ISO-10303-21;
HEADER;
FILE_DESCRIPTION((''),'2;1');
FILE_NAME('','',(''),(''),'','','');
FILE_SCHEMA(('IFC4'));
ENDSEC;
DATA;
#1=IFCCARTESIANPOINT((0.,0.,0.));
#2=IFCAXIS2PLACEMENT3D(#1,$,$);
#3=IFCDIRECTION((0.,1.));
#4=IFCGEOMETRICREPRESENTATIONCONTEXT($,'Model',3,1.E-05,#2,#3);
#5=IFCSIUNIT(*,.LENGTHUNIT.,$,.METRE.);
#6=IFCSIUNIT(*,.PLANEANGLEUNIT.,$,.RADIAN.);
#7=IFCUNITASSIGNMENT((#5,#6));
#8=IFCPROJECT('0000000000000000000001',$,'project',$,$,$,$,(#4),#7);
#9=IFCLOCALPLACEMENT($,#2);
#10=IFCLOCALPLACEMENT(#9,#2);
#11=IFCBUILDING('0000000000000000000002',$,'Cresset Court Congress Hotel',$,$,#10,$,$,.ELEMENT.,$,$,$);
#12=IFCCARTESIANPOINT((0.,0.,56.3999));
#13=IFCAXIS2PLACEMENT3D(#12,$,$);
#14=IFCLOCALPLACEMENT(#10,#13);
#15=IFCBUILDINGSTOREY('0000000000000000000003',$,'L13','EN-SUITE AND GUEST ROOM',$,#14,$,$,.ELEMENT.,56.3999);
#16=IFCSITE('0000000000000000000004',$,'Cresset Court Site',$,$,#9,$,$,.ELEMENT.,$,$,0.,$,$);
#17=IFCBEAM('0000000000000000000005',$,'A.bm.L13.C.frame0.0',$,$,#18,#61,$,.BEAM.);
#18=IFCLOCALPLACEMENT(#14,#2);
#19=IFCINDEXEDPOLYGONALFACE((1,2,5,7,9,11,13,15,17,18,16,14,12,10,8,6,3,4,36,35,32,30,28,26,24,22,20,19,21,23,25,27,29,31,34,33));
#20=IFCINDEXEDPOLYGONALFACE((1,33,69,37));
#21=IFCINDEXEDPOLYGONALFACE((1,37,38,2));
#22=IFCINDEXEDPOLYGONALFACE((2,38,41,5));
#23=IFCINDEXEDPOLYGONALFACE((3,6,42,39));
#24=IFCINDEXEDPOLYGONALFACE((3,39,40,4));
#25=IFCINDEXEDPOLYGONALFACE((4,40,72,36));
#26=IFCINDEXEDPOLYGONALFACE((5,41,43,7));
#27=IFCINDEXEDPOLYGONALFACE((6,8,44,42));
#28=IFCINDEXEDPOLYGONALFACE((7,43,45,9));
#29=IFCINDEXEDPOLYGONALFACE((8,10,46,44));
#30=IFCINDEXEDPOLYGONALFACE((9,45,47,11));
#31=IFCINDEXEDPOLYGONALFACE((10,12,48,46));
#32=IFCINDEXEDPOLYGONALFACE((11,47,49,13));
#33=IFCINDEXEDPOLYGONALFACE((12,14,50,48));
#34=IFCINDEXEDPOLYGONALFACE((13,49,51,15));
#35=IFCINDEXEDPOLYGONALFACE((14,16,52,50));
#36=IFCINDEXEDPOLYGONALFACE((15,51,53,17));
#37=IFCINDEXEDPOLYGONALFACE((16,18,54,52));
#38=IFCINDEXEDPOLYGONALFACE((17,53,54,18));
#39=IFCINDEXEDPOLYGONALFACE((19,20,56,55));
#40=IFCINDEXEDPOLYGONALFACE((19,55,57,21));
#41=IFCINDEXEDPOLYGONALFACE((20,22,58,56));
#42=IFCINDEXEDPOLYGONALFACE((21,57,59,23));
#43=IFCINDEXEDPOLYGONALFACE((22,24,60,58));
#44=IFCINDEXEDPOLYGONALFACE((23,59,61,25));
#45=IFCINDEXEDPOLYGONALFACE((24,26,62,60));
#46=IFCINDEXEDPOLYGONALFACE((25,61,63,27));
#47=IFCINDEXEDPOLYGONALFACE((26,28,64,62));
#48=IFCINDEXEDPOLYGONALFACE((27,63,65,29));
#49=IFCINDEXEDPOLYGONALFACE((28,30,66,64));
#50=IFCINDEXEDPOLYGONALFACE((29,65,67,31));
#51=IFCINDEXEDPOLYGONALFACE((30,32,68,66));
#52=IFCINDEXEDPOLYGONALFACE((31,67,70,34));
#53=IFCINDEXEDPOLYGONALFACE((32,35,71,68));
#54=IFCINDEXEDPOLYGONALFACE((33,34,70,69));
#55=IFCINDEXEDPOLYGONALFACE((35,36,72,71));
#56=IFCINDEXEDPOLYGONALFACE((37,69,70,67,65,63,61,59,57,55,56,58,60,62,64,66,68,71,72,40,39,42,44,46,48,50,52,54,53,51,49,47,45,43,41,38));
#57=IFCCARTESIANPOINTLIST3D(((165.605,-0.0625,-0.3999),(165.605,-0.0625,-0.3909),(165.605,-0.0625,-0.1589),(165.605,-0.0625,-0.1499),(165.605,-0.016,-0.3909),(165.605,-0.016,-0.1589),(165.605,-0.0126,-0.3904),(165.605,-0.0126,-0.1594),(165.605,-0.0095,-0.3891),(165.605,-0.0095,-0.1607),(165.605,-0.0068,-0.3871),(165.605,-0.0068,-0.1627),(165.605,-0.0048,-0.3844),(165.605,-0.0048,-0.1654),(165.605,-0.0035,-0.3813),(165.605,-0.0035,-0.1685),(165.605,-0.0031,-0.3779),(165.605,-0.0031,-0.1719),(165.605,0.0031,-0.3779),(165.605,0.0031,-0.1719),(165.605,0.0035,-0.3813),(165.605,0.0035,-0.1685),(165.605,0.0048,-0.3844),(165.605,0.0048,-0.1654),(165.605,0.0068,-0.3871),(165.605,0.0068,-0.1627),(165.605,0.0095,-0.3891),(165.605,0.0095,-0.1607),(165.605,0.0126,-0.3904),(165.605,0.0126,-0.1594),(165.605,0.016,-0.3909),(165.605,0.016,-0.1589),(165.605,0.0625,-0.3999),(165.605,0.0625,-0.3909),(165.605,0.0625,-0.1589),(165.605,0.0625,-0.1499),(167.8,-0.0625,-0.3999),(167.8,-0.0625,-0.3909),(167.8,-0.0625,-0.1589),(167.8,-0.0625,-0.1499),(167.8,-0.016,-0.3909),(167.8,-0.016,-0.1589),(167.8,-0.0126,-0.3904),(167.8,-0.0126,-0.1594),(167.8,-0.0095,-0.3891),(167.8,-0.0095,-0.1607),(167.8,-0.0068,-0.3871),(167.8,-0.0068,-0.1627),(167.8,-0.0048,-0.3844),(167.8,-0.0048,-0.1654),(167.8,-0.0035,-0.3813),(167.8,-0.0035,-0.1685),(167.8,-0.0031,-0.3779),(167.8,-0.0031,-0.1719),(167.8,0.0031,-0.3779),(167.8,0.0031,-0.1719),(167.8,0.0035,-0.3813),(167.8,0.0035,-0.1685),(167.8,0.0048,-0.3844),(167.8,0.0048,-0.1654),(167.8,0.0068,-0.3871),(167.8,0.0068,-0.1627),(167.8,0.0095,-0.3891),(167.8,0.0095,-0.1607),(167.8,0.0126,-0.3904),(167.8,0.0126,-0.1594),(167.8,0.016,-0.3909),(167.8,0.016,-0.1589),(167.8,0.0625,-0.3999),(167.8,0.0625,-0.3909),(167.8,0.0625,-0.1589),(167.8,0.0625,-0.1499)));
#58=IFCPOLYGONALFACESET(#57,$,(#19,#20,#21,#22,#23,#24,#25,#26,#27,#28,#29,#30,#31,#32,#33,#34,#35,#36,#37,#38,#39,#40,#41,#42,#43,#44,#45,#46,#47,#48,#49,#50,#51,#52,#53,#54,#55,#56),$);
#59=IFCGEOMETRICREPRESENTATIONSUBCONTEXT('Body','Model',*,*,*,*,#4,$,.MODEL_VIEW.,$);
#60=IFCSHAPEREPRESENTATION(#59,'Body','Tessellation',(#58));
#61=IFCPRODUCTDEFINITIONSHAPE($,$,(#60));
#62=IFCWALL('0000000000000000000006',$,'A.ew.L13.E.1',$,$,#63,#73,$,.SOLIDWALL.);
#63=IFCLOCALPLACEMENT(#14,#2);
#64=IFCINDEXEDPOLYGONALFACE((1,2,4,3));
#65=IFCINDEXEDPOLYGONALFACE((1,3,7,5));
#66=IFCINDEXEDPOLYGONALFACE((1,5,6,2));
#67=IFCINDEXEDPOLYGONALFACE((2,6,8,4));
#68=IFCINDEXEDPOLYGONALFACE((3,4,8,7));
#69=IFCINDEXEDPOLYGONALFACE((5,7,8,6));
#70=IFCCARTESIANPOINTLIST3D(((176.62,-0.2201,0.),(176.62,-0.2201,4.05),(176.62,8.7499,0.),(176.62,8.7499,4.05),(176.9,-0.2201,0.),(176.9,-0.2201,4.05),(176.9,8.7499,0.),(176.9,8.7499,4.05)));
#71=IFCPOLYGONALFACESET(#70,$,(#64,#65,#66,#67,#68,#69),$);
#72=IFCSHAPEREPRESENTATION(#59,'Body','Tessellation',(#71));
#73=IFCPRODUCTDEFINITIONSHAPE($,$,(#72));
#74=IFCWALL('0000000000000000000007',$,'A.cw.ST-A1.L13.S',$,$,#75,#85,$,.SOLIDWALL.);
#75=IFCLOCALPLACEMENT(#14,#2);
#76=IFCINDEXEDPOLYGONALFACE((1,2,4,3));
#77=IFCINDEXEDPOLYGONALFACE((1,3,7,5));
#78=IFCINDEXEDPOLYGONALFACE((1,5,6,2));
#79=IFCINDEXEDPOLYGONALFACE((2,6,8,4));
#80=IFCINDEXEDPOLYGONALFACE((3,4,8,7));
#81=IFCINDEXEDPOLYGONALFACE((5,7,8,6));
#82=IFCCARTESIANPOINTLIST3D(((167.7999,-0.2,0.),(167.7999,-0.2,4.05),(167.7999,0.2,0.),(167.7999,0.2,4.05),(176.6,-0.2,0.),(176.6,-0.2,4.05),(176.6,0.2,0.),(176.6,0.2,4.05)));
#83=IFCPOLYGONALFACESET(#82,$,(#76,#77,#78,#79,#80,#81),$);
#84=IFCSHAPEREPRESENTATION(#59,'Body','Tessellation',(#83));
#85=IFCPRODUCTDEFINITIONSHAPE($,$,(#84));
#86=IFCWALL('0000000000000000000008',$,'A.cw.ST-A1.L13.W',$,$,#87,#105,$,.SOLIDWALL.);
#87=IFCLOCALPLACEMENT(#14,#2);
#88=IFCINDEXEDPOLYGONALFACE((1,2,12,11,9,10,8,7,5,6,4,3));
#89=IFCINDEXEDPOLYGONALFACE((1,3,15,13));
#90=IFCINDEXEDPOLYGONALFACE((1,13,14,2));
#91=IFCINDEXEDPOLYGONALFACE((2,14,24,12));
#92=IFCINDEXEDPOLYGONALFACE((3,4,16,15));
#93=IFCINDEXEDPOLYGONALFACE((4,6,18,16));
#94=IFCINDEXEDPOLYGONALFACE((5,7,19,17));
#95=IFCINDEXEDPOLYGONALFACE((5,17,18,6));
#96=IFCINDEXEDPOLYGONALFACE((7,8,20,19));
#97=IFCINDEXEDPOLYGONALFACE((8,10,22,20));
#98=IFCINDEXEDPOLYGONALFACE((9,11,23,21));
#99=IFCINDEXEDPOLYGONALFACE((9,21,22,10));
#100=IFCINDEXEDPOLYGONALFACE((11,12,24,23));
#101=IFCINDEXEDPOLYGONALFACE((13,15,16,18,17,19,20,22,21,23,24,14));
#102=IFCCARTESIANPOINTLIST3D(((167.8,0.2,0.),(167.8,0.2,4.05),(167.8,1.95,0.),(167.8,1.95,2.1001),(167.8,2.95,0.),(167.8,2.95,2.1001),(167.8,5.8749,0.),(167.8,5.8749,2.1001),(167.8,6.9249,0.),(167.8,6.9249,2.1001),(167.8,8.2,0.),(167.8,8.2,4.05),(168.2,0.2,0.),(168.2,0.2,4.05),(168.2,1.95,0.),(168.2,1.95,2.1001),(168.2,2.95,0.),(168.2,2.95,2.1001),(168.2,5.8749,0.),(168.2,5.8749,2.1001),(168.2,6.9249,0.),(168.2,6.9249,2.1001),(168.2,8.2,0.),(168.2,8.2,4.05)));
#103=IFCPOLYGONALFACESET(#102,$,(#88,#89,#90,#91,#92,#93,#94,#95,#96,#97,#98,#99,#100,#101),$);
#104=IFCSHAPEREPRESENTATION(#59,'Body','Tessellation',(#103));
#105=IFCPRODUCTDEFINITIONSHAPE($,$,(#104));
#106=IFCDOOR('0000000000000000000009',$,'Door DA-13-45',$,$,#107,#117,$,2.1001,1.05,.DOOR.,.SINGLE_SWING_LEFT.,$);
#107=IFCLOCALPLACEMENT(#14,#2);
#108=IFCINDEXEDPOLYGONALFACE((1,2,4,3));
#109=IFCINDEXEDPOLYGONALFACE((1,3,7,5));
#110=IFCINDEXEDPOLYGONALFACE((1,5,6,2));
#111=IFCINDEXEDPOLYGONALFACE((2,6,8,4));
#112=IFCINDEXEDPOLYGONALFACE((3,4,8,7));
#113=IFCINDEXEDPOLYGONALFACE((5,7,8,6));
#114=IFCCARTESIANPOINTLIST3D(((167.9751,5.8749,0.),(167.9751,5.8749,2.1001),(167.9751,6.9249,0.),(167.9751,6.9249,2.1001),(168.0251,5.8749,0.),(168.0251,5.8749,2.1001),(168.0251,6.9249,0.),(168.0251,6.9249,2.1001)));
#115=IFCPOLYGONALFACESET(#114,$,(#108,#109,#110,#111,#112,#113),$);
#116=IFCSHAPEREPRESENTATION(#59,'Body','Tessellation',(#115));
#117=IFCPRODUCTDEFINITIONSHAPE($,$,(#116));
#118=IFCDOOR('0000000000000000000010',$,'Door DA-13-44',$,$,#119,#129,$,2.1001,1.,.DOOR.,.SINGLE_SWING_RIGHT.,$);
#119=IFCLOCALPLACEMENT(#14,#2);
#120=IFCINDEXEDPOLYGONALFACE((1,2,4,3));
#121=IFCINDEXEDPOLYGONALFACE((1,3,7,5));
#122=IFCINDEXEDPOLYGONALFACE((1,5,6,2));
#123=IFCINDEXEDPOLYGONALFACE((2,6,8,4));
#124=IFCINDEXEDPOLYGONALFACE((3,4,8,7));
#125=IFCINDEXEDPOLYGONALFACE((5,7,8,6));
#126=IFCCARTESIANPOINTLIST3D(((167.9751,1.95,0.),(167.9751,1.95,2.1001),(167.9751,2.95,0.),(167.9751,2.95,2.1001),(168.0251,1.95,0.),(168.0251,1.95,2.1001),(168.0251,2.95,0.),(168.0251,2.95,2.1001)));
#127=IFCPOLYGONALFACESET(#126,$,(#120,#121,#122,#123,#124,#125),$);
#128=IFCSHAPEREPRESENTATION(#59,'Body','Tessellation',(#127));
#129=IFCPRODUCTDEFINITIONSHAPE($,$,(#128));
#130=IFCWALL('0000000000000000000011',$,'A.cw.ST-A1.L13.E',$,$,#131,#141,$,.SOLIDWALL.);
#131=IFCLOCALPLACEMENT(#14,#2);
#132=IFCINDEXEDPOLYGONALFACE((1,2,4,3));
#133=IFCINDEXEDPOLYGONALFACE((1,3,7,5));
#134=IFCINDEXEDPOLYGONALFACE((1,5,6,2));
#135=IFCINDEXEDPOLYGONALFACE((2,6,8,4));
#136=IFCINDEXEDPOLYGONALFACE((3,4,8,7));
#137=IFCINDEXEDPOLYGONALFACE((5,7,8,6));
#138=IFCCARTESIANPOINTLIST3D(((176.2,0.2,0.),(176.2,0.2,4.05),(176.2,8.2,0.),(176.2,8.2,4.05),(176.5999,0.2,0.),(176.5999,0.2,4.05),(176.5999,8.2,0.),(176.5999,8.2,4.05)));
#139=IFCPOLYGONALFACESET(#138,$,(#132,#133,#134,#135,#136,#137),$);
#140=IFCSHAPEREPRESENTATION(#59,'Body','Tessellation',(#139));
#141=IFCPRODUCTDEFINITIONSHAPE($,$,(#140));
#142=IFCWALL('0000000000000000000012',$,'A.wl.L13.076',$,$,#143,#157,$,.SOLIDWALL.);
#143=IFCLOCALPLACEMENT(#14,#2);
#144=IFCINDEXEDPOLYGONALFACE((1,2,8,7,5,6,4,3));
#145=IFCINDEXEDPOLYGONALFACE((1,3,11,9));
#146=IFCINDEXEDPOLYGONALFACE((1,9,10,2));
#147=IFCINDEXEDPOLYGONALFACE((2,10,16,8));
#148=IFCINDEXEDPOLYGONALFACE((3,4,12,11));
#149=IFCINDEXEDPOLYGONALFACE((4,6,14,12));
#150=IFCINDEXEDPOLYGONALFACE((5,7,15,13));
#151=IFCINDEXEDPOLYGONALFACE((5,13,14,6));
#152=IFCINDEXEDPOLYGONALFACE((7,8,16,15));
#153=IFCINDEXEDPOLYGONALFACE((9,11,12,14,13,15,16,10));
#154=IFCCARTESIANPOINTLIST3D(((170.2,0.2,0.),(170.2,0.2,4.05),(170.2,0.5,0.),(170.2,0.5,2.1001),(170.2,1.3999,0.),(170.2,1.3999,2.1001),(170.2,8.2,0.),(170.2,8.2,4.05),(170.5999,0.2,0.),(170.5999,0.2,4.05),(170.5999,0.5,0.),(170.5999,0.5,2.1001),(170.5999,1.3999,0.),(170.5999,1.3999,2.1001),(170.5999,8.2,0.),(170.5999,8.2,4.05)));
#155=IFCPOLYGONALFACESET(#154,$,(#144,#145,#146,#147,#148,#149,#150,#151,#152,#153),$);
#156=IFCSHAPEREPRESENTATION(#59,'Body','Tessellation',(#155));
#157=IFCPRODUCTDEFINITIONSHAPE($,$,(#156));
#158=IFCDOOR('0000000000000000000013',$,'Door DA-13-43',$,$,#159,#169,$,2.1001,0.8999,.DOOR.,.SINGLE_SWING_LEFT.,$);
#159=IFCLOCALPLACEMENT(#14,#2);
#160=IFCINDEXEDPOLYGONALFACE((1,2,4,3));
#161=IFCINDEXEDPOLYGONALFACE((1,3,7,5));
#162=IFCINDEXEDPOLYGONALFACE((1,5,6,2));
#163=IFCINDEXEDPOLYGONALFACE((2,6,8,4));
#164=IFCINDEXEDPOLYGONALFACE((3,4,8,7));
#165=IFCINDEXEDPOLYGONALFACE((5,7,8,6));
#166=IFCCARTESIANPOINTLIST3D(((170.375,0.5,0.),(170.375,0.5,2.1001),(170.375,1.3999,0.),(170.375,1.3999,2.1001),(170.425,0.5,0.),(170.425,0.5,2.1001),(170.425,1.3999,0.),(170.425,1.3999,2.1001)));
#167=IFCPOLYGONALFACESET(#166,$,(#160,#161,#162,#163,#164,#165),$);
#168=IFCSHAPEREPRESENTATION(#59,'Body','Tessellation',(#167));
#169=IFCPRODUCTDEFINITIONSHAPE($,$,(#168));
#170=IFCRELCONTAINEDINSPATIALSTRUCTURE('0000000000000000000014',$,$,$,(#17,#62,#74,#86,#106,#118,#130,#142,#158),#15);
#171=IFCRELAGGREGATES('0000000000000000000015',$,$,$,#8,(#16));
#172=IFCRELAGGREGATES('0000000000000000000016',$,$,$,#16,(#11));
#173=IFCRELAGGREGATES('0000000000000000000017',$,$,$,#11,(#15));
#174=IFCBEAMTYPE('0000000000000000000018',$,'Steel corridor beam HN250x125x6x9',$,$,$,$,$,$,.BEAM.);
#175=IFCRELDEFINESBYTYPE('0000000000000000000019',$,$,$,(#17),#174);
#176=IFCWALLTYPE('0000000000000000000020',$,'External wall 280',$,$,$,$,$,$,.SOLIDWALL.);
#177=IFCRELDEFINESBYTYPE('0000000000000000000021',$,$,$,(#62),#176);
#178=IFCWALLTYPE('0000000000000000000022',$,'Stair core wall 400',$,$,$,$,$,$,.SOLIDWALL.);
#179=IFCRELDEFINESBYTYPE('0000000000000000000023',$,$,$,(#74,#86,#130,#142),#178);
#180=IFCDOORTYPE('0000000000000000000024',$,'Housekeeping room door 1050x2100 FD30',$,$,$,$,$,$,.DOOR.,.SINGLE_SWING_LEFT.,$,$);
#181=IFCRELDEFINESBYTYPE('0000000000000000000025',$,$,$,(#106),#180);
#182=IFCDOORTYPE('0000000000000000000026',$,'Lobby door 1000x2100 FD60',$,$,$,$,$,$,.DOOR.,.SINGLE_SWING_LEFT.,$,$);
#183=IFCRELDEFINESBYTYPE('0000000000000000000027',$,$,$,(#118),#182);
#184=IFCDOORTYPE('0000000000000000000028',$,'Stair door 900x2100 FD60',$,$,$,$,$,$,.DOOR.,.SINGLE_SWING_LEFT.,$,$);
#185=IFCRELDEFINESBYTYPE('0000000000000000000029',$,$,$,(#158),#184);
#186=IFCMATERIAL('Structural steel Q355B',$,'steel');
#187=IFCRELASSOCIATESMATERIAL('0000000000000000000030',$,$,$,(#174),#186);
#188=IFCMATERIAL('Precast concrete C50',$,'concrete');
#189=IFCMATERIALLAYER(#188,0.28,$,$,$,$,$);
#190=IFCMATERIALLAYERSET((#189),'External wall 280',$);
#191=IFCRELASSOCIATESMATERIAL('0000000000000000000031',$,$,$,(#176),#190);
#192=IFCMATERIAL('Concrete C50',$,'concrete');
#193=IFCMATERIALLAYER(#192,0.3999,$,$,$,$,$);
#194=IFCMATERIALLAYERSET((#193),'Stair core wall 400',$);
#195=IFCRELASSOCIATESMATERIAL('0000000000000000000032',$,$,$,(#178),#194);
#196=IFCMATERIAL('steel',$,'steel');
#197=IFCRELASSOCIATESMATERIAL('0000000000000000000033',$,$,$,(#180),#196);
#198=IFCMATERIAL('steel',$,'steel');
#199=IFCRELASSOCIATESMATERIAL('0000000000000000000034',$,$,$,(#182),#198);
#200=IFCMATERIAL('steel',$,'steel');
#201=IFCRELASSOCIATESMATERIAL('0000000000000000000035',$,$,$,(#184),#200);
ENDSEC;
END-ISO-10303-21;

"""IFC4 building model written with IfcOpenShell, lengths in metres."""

from ifc_helpers import new_model, si_unit, direction, frame, frame_2d, origin, origin_2d, place, context, subcontext, project, spatial, rectangle, i_section, extrude, material, layer, layer_set, material_profile, profile_set, type_object, element, fill, save


model = new_model("IFC4")

# Units and contexts
model_context = context("Model", 3, precision=1e-05, world=origin(), true_north=direction((0.0, 1.0)))
body_context = subcontext(model_context, "Body", "Model", "MODEL_VIEW")
ifc_project = project(units=[si_unit("LENGTHUNIT", "METRE"), si_unit("PLANEANGLEUNIT", "RADIAN")], contexts=[model_context])

# Site, building, storey
site_placement = place(None, origin())
site = spatial("IfcSite", under=ifc_project, at=site_placement, Name="Cresset Court Site", CompositionType="ELEMENT", RefElevation=0.0)
building_placement = place(site_placement, origin())
building = spatial("IfcBuilding", under=site, at=building_placement, Name="Cresset Court Congress Hotel", CompositionType="ELEMENT")
storey_placement = place(building_placement, frame((0.0, 0.0, 56.3999)))
storey = spatial("IfcBuildingStorey", under=building, at=storey_placement, Name="L13", Description="EN-SUITE AND GUEST ROOM", CompositionType="ELEMENT", Elevation=56.3999)

# Beam
ifc_material_1 = material(Name="Structural steel Q355B", Category="steel")
ifc_material_profile = material_profile(ifc_material_1, i_section(OverallWidth=0.125, OverallDepth=0.25, WebThickness=0.0061, FlangeThickness=0.009, FilletRadius=0.0129, at=origin_2d()), Name="HN250x125x6x9")
ifc_profile_set = profile_set([ifc_material_profile], Name="Structural steel Q355B")
beam_type = type_object("IfcBeamType", Name="Steel corridor beam HN250x125x6x9", PredefinedType="BEAM", material=ifc_profile_set)
beam_placement = place(storey_placement, frame((165.605, 0.0, -0.2749), z_axis=(1.0, 0.0, 0.0), x_axis=(0.0, 1.0, 0.0)))
element("IfcBeam", 1, at=beam_placement, inside=storey, type_object=beam_type, Name="A.bm.L13.C.frame0.0", PredefinedType="BEAM", context=body_context, shape_type="SweptSolid", body=[
    extrude(i_section(OverallWidth=0.125, OverallDepth=0.25, WebThickness=0.0061, FlangeThickness=0.009, FilletRadius=0.0129, at=origin_2d()), origin(), (0.0, 0.0, 1.0), 2.1951),
])

# Walls
ifc_material_2 = material(Name="Precast concrete C50", Category="concrete")
ifc_layer_1 = layer(ifc_material_2, 0.28)
ifc_layer_set_1 = layer_set([ifc_layer_1], Name="External wall 280")
wall_type_1 = type_object("IfcWallType", Name="External wall 280", PredefinedType="SOLIDWALL", material=ifc_layer_set_1)
wall_1_placement = place(storey_placement, frame((176.76, -0.22, 0.0), z_axis=(0.0, 0.0, 1.0), x_axis=(0.0, 1.0, 0.0)))
element("IfcWall", 2, at=wall_1_placement, inside=storey, type_object=wall_type_1, Name="A.ew.L13.E.1", PredefinedType="SOLIDWALL", context=body_context, shape_type="SweptSolid", body=[
    extrude(rectangle(XDim=8.97, YDim=0.28, at=frame_2d((4.4849, 0.0))), origin(), (0.0, 0.0, 1.0), 4.05),
])
ifc_material_3 = material(Name="Concrete C50", Category="concrete")
ifc_layer_2 = layer(ifc_material_3, 0.3999)
ifc_layer_set_2 = layer_set([ifc_layer_2], Name="Stair core wall 400")
wall_type_2 = type_object("IfcWallType", Name="Stair core wall 400", PredefinedType="SOLIDWALL", material=ifc_layer_set_2)
wall_2_placement = place(storey_placement, frame((167.8, 0.0, 0.0), z_axis=(0.0, 0.0, 1.0), x_axis=(1.0, 0.0, 0.0)))
element("IfcWall", 3, at=wall_2_placement, inside=storey, type_object=wall_type_2, Name="A.cw.ST-A1.L13.S", PredefinedType="SOLIDWALL", context=body_context, shape_type="SweptSolid", body=[
    extrude(rectangle(XDim=8.8, YDim=0.3999, at=frame_2d((4.3999, 0.0))), origin(), (0.0, 0.0, 1.0), 4.05),
])

# Wall, openings, doors
wall_3_placement = place(storey_placement, frame((168.0, 0.2, 0.0), z_axis=(0.0, 0.0, 1.0), x_axis=(0.0, 1.0, 0.0)))
wall_3 = element("IfcWall", 4, at=wall_3_placement, inside=storey, type_object=wall_type_2, Name="A.cw.ST-A1.L13.W", PredefinedType="SOLIDWALL", context=body_context, shape_type="SweptSolid", body=[
    extrude(rectangle(XDim=8.0, YDim=0.3999, at=frame_2d((4.0, 0.0))), origin(), (0.0, 0.0, 1.0), 4.05),
])
opening_1_placement = place(wall_3_placement, frame((1.75, 0.0, 0.0)))
opening_1 = element("IfcOpeningElement", 5, at=opening_1_placement, cuts=wall_3, PredefinedType="OPENING", context=body_context, shape_type="SweptSolid", body=[
    extrude(rectangle(XDim=1.0, YDim=2.1001, at=frame_2d((0.5, 1.05))), frame((0.0, 0.21, 0.0), z_axis=(0.0, -1.0, 0.0), x_axis=(1.0, 0.0, 0.0)), (0.0, 0.0, 1.0), 0.4199),
])
opening_2_placement = place(wall_3_placement, frame((5.675, 0.0, 0.0)))
opening_2 = element("IfcOpeningElement", 6, at=opening_2_placement, cuts=wall_3, PredefinedType="OPENING", context=body_context, shape_type="SweptSolid", body=[
    extrude(rectangle(XDim=1.05, YDim=2.1001, at=frame_2d((0.5249, 1.05))), frame((0.0, 0.21, 0.0), z_axis=(0.0, -1.0, 0.0), x_axis=(1.0, 0.0, 0.0)), (0.0, 0.0, 1.0), 0.4199),
])
ifc_material_4 = material(Name="steel", Category="steel")
door_type_1 = type_object("IfcDoorType", Name="Housekeeping room door 1050x2100 FD30", OperationType="SINGLE_SWING_LEFT", PredefinedType="DOOR", material=ifc_material_4)
door_1_placement = place(opening_2_placement, origin())
door_1 = element("IfcDoor", 7, at=door_1_placement, inside=storey, type_object=door_type_1, Name="Door DA-13-45", OperationType="SINGLE_SWING_LEFT", OverallHeight=2.1001, OverallWidth=1.05, PredefinedType="DOOR", context=body_context, shape_type="SweptSolid", body=[
    extrude(rectangle(XDim=1.05, YDim=2.1001, at=frame_2d((0.5249, 1.05))), frame((0.0, 0.0249, 0.0), z_axis=(0.0, -1.0, 0.0), x_axis=(1.0, 0.0, 0.0)), (0.0, 0.0, 1.0), 0.05),
])
fill(opening_2, door_1)
ifc_material_5 = material(Name="steel", Category="steel")
door_type_2 = type_object("IfcDoorType", Name="Lobby door 1000x2100 FD60", OperationType="SINGLE_SWING_LEFT", PredefinedType="DOOR", material=ifc_material_5)
door_2_placement = place(opening_1_placement, origin())
door_2 = element("IfcDoor", 8, at=door_2_placement, inside=storey, type_object=door_type_2, Name="Door DA-13-44", OperationType="SINGLE_SWING_RIGHT", OverallHeight=2.1001, OverallWidth=1.0, PredefinedType="DOOR", context=body_context, shape_type="SweptSolid", body=[
    extrude(rectangle(XDim=1.0, YDim=2.1001, at=frame_2d((0.5, 1.05))), frame((0.0, 0.0249, 0.0), z_axis=(0.0, -1.0, 0.0), x_axis=(1.0, 0.0, 0.0)), (0.0, 0.0, 1.0), 0.05),
])
fill(opening_1, door_2)

# Wall
wall_4_placement = place(storey_placement, frame((176.3999, 0.2, 0.0), z_axis=(0.0, 0.0, 1.0), x_axis=(0.0, 1.0, 0.0)))
element("IfcWall", 9, at=wall_4_placement, inside=storey, type_object=wall_type_2, Name="A.cw.ST-A1.L13.E", PredefinedType="SOLIDWALL", context=body_context, shape_type="SweptSolid", body=[
    extrude(rectangle(XDim=8.0, YDim=0.3999, at=frame_2d((4.0, 0.0))), origin(), (0.0, 0.0, 1.0), 4.05),
])

# Wall, opening, door
wall_5_placement = place(storey_placement, frame((170.3999, 0.2, 0.0), z_axis=(0.0, 0.0, 1.0), x_axis=(0.0, 1.0, 0.0)))
wall_5 = element("IfcWall", 10, at=wall_5_placement, inside=storey, type_object=wall_type_2, Name="A.wl.L13.076", PredefinedType="SOLIDWALL", context=body_context, shape_type="SweptSolid", body=[
    extrude(rectangle(XDim=8.0, YDim=0.3999, at=frame_2d((4.0, 0.0))), origin(), (0.0, 0.0, 1.0), 4.05),
])
opening_3_placement = place(wall_5_placement, frame((0.3, 0.0, 0.0)))
opening_3 = element("IfcOpeningElement", 11, at=opening_3_placement, cuts=wall_5, PredefinedType="OPENING", context=body_context, shape_type="SweptSolid", body=[
    extrude(rectangle(XDim=0.8999, YDim=2.1001, at=frame_2d((0.45, 1.05))), frame((0.0, 0.21, 0.0), z_axis=(0.0, -1.0, 0.0), x_axis=(1.0, 0.0, 0.0)), (0.0, 0.0, 1.0), 0.4199),
])
ifc_material_6 = material(Name="steel", Category="steel")
door_type_3 = type_object("IfcDoorType", Name="Stair door 900x2100 FD60", OperationType="SINGLE_SWING_LEFT", PredefinedType="DOOR", material=ifc_material_6)
door_3_placement = place(opening_3_placement, origin())
door_3 = element("IfcDoor", 12, at=door_3_placement, inside=storey, type_object=door_type_3, Name="Door DA-13-43", OperationType="SINGLE_SWING_LEFT", OverallHeight=2.1001, OverallWidth=0.8999, PredefinedType="DOOR", context=body_context, shape_type="SweptSolid", body=[
    extrude(rectangle(XDim=0.8999, YDim=2.1001, at=frame_2d((0.45, 1.05))), frame((0.0, 0.0249, 0.0), z_axis=(0.0, -1.0, 0.0), x_axis=(1.0, 0.0, 0.0)), (0.0, 0.0, 1.0), 0.05),
])
fill(opening_3, door_3)

save(model, "model.ifc")
